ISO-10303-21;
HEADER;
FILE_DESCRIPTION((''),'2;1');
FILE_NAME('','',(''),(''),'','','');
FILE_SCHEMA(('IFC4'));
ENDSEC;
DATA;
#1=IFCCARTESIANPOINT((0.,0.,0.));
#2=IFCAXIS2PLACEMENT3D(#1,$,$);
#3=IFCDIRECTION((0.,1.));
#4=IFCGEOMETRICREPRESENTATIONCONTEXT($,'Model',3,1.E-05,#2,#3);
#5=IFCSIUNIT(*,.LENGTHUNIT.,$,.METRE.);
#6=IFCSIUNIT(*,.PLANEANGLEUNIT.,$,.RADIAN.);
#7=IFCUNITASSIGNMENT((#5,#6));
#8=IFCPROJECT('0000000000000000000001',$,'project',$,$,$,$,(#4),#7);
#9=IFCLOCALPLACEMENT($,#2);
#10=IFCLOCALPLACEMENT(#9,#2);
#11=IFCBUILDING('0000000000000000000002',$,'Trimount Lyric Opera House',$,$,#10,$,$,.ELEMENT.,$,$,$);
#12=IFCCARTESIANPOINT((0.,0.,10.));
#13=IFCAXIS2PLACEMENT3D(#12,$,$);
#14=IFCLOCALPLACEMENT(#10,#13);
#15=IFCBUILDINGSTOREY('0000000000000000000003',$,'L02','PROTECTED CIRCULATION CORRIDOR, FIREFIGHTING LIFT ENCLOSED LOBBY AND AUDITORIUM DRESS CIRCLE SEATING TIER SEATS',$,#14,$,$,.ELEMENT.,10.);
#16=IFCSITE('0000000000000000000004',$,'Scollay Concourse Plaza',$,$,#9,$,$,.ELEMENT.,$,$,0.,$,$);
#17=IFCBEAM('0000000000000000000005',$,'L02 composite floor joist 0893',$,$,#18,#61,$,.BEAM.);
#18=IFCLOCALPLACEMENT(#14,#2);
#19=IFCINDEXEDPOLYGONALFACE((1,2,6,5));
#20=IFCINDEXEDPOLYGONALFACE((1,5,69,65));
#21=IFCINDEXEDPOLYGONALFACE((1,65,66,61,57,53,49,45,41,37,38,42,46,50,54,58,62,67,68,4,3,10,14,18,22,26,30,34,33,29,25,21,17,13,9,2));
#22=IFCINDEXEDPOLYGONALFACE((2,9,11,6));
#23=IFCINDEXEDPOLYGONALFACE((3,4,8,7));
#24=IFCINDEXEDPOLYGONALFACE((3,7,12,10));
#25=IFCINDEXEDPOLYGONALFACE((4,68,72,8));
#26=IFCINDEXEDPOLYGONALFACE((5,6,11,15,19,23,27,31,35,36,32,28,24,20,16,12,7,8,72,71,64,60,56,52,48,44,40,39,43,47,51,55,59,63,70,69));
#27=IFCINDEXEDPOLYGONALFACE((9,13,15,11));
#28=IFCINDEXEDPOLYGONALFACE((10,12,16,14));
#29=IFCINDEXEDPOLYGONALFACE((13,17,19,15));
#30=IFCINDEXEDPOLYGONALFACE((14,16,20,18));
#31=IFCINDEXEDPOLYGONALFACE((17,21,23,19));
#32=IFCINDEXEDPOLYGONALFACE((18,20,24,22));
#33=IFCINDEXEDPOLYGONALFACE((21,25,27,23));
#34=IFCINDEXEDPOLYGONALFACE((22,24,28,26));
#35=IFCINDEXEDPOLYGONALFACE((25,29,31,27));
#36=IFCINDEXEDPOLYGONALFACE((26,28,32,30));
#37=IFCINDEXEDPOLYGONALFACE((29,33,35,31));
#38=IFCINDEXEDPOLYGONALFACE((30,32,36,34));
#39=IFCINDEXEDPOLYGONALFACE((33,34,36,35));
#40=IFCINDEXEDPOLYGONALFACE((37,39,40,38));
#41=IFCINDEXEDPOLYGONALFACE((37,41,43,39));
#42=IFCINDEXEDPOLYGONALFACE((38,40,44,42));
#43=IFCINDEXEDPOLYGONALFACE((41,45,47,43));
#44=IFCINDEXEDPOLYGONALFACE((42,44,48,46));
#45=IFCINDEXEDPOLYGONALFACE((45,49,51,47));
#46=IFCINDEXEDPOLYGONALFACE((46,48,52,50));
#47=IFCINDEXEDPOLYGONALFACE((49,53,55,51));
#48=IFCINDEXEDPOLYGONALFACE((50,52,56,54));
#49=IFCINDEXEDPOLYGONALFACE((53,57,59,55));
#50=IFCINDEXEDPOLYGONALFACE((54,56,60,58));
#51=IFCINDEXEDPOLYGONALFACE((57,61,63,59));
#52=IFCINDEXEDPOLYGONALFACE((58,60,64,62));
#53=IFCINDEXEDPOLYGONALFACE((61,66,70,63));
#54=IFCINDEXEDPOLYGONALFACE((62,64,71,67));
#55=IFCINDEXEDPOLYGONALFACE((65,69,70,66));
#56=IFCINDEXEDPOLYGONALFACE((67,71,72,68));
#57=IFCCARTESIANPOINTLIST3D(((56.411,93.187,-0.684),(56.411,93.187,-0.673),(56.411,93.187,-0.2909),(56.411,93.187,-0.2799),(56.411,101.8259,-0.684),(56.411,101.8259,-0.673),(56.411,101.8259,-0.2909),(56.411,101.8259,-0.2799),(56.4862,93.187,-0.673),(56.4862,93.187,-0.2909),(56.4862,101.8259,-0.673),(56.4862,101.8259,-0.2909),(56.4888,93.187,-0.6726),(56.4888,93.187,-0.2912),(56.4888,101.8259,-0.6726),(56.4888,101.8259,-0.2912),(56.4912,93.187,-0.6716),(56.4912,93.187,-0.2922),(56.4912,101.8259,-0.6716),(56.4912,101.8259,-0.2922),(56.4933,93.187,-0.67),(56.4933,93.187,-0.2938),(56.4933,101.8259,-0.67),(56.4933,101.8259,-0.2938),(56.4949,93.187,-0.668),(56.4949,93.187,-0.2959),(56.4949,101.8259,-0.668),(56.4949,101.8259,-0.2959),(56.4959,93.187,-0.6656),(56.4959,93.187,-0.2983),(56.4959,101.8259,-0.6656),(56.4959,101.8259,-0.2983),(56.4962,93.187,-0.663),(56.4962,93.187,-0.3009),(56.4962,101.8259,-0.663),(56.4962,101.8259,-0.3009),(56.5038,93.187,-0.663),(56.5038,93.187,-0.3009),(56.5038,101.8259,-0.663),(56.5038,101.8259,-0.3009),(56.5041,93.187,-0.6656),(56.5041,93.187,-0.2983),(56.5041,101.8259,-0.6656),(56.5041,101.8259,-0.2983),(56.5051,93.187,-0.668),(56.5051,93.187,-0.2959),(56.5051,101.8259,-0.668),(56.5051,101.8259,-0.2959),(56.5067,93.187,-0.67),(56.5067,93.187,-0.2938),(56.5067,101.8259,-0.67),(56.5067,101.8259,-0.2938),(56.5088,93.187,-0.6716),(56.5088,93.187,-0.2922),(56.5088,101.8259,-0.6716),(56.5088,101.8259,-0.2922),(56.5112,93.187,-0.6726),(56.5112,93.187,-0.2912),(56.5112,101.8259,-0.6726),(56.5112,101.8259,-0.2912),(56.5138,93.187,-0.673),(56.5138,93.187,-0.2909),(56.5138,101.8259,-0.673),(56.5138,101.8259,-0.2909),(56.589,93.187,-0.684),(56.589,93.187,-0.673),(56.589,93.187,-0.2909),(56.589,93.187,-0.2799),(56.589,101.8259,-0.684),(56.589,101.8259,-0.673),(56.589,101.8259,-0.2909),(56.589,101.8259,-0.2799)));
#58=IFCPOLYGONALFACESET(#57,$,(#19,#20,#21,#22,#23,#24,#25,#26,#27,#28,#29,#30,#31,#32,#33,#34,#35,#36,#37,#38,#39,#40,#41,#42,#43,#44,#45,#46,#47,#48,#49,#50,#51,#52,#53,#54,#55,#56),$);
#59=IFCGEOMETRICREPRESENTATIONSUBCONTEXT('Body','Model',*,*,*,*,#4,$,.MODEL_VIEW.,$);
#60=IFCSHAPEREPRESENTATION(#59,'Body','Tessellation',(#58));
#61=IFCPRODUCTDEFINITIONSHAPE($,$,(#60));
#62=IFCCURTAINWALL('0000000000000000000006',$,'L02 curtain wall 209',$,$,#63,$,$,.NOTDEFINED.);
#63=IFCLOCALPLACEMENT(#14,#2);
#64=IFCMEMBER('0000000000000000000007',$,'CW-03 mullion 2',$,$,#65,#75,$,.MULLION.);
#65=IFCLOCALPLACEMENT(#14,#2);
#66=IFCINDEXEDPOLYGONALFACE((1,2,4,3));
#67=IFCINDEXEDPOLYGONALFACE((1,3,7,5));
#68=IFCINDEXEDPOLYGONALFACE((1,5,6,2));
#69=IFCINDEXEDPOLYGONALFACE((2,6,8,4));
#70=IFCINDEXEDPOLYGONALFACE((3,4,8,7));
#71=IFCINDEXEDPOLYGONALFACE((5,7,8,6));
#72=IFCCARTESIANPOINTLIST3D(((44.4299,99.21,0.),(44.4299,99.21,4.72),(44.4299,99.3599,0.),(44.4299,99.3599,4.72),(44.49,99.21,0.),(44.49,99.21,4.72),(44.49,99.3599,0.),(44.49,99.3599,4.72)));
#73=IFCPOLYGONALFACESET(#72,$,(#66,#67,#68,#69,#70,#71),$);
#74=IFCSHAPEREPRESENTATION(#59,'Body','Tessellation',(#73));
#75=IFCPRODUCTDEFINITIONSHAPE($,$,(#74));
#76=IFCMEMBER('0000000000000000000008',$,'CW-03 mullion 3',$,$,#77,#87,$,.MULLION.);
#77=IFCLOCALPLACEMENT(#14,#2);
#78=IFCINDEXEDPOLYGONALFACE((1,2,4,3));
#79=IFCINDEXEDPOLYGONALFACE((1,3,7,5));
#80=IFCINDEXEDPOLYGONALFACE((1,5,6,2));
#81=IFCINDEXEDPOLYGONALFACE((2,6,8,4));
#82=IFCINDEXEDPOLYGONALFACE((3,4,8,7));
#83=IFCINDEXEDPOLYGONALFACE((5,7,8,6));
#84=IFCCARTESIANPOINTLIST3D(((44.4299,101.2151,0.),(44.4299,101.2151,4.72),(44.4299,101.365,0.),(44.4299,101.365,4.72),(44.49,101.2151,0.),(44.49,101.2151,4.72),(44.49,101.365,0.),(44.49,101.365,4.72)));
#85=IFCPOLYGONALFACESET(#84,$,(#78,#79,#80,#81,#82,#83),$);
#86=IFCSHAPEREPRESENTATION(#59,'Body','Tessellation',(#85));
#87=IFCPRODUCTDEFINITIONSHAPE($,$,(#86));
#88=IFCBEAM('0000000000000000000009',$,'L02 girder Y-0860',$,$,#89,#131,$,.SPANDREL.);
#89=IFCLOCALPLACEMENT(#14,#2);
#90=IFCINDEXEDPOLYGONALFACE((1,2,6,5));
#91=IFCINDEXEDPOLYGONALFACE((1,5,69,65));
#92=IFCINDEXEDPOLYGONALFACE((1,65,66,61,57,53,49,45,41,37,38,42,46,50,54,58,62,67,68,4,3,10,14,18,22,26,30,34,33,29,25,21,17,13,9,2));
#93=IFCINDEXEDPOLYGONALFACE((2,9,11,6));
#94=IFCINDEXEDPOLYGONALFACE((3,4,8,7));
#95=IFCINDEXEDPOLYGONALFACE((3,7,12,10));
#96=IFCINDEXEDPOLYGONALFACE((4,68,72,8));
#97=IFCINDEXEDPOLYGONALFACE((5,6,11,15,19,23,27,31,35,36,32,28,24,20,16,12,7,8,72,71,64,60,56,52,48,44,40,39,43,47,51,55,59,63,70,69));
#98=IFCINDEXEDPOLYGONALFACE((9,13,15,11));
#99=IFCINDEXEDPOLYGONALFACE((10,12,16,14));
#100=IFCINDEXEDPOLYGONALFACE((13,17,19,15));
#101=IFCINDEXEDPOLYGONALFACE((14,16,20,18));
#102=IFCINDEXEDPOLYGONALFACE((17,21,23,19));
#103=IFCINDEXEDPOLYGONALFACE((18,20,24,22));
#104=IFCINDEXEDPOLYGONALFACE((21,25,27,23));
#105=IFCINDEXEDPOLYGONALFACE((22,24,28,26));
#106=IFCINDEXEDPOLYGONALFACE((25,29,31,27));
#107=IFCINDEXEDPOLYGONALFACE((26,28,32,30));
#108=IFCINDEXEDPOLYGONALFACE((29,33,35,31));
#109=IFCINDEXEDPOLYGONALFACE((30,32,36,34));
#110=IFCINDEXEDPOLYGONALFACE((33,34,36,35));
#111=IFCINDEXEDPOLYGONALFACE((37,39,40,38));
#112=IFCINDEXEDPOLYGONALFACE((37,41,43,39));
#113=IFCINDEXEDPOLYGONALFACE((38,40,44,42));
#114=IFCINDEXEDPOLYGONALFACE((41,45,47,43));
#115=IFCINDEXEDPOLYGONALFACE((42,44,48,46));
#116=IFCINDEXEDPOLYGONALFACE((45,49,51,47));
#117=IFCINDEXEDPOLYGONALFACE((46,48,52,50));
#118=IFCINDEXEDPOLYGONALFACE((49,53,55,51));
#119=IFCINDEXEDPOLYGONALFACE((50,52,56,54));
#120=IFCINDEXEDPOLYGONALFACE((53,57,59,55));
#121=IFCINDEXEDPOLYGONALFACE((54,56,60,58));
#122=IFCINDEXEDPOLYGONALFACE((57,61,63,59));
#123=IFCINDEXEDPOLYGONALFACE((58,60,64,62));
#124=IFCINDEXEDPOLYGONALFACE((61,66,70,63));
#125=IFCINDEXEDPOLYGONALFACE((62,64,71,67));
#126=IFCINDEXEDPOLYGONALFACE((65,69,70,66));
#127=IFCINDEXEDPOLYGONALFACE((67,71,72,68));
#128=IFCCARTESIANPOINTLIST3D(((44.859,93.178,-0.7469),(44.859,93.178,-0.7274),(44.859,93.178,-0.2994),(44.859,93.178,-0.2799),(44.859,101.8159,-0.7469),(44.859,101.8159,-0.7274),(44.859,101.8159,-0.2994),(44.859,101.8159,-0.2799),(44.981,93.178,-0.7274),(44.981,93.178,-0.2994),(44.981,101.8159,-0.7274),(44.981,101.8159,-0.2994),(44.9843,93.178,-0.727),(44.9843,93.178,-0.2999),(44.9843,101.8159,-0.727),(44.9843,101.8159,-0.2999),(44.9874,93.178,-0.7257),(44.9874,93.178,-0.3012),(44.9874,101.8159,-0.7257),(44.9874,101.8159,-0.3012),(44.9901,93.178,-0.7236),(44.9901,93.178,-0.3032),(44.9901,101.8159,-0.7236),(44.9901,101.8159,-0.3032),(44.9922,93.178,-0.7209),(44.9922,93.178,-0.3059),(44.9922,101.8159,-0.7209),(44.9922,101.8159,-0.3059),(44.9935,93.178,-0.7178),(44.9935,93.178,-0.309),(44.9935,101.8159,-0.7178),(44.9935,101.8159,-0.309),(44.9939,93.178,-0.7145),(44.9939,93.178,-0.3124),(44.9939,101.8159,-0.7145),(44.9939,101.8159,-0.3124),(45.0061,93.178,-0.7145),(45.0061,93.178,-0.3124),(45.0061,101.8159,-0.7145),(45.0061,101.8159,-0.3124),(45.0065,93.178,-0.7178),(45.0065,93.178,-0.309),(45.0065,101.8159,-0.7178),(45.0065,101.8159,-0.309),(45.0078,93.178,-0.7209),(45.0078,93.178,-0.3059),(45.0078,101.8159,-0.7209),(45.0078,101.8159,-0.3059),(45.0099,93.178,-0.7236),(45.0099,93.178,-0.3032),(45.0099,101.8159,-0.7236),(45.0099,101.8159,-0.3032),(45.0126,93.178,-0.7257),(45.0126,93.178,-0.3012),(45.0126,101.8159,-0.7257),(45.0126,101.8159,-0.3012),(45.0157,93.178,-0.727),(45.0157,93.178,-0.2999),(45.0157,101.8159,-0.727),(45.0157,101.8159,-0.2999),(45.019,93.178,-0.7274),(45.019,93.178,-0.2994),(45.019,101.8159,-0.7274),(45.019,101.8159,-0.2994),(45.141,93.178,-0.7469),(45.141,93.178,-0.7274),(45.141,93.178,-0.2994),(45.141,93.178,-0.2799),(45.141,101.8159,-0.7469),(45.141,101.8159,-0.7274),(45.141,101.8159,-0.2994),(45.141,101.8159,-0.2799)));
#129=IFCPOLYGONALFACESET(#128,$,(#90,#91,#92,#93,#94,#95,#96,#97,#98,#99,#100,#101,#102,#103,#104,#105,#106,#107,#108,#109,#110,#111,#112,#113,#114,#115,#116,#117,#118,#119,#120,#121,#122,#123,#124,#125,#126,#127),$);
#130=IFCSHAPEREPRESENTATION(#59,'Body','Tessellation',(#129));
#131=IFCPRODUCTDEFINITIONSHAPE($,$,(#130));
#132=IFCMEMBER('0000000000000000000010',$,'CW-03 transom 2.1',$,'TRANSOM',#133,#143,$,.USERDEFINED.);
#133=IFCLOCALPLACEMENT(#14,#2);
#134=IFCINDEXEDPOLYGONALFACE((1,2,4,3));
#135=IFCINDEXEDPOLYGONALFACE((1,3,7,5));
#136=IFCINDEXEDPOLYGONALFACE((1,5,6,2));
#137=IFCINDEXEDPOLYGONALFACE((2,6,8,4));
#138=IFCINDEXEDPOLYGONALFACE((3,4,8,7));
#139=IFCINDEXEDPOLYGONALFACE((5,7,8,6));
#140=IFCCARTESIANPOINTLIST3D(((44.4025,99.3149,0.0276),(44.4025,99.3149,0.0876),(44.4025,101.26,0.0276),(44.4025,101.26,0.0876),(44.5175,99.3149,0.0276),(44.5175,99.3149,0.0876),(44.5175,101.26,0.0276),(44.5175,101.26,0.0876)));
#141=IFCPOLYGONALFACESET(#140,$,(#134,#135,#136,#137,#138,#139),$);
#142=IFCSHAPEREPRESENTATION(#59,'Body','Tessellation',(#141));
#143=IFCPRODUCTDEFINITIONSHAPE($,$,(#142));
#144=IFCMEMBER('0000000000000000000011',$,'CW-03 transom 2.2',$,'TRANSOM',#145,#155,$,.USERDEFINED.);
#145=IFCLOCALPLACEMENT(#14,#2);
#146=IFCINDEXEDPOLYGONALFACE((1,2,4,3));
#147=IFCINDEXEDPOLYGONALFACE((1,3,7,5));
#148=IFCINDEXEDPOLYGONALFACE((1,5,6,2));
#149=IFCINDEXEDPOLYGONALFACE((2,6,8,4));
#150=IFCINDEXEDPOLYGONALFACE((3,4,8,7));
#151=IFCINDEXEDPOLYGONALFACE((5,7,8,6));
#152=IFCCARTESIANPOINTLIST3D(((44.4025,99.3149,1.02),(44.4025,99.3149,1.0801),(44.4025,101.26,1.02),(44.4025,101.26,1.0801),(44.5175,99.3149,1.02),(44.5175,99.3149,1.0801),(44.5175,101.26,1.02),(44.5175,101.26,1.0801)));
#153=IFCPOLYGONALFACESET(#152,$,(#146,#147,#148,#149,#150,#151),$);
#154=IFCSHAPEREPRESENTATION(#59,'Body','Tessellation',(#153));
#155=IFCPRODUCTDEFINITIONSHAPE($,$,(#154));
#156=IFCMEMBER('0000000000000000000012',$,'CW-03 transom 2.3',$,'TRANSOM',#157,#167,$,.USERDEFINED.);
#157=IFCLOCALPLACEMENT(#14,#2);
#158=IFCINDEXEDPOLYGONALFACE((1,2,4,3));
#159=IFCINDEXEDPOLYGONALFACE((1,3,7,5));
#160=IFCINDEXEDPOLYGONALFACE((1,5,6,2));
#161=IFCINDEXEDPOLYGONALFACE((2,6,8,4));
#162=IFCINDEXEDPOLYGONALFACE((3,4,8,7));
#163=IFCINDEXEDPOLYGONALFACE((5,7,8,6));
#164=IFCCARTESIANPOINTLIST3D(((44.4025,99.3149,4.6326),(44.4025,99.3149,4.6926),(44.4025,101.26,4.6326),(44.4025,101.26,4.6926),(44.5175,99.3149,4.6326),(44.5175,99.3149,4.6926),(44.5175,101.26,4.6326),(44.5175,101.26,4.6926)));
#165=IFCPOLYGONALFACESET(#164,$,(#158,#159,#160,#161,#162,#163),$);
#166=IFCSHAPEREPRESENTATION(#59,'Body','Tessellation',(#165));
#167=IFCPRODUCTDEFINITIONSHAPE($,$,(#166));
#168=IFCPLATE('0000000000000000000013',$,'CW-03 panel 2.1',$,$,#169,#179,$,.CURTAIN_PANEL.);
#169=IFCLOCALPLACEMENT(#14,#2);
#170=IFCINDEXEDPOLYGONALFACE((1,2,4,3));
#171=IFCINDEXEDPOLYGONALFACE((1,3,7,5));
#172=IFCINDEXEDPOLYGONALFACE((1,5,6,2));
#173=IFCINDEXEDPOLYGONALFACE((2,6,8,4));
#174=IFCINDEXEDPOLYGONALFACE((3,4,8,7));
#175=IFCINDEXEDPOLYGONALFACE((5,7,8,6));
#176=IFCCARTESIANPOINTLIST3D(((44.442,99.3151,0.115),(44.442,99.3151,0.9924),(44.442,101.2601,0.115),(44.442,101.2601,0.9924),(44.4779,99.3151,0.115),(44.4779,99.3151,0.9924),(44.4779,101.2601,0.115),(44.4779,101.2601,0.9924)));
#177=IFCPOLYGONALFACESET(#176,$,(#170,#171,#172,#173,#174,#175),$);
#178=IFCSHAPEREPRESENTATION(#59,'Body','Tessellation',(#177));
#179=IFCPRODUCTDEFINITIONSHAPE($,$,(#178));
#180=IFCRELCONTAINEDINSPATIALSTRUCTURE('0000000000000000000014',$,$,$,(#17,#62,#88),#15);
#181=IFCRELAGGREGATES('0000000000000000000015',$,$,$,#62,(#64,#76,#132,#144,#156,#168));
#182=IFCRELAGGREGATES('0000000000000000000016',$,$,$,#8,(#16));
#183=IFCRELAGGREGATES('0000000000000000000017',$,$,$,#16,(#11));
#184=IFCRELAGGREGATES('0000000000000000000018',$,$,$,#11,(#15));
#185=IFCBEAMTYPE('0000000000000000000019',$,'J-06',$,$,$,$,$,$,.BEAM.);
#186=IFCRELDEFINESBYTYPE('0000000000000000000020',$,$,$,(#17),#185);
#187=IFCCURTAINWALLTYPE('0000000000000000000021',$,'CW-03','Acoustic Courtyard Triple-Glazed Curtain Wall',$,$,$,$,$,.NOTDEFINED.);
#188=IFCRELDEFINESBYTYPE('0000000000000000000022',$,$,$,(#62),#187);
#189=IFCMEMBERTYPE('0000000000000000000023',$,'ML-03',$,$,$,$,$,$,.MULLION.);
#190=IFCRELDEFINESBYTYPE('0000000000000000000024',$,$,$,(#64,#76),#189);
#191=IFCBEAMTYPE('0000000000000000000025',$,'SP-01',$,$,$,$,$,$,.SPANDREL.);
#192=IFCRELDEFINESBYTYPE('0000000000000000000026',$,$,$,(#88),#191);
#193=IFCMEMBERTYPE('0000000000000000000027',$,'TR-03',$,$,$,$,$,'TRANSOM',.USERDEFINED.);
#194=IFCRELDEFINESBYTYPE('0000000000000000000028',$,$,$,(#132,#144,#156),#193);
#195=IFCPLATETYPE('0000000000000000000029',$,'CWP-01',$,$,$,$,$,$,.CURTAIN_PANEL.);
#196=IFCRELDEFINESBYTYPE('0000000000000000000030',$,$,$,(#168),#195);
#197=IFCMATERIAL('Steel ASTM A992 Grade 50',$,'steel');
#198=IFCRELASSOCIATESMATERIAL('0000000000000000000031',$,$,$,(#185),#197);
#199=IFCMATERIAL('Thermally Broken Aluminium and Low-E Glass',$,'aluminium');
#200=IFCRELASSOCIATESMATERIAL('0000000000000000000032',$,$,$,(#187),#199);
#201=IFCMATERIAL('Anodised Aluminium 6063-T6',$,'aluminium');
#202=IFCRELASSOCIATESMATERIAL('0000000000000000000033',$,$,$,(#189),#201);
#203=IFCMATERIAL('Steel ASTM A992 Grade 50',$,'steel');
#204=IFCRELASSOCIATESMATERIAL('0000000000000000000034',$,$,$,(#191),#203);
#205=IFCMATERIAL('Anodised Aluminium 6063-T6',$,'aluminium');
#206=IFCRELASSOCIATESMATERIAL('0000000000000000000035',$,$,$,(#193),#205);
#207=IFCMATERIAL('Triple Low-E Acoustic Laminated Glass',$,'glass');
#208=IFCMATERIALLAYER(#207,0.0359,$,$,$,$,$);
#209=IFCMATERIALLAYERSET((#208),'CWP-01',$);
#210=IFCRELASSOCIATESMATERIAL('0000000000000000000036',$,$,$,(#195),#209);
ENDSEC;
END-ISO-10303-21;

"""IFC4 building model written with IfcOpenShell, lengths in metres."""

from ifc_helpers import new_model, si_unit, direction, frame, origin, origin_2d, place, context, subcontext, project, spatial, rectangle, i_section, extrude, material, layer, layer_set, material_profile, profile_set, type_object, element, aggregate, save


model = new_model("IFC4")

# Units and contexts
model_context = context("Model", 3, precision=1e-05, world=origin(), true_north=direction((0.0, 1.0)))
body_context = subcontext(model_context, "Body", "Model", "MODEL_VIEW")
ifc_project = project(units=[si_unit("LENGTHUNIT", "METRE"), si_unit("PLANEANGLEUNIT", "RADIAN")], contexts=[model_context])

# Site, building, storey
site_placement = place(None, origin())
site = spatial("IfcSite", under=ifc_project, at=site_placement, Name="Scollay Concourse Plaza", CompositionType="ELEMENT", RefElevation=0.0)
building_placement = place(site_placement, origin())
building = spatial("IfcBuilding", under=site, at=building_placement, Name="Trimount Lyric Opera House", CompositionType="ELEMENT")
storey_placement = place(building_placement, frame((0.0, 0.0, 10.0)))
storey = spatial("IfcBuildingStorey", under=building, at=storey_placement, Name="L02", Description="PROTECTED CIRCULATION CORRIDOR, FIREFIGHTING LIFT ENCLOSED LOBBY AND AUDITORIUM DRESS CIRCLE SEATING TIER SEATS", CompositionType="ELEMENT", Elevation=10.0)

# Beam
ifc_material_1 = material(Name="Steel ASTM A992 Grade 50", Category="steel")
ifc_material_profile_1 = material_profile(ifc_material_1, i_section(OverallWidth=0.178, OverallDepth=0.4041, WebThickness=0.0076, FlangeThickness=0.011, FilletRadius=0.01, at=origin_2d()), Name="W16X36")
ifc_profile_set_1 = profile_set([ifc_material_profile_1], Name="Steel ASTM A992 Grade 50")
beam_type_1 = type_object("IfcBeamType", Name="J-06", PredefinedType="BEAM", material=ifc_profile_set_1)
beam_1_placement = place(storey_placement, frame((56.5, 93.187, -0.4819), z_axis=(0.0, 1.0, 0.0), x_axis=(-1.0, 0.0, 0.0)))
element("IfcBeam", 1, at=beam_1_placement, inside=storey, type_object=beam_type_1, Name="L02 composite floor joist 0893", PredefinedType="BEAM", context=body_context, shape_type="SweptSolid", body=[
    extrude(i_section(OverallWidth=0.178, OverallDepth=0.4041, WebThickness=0.0076, FlangeThickness=0.011, FilletRadius=0.01, at=origin_2d()), origin(), (0.0, 0.0, 1.0), 8.6389),
])

# Curtain wall, members
ifc_material_2 = material(Name="Thermally Broken Aluminium and Low-E Glass", Category="aluminium")
curtain_wall_type = type_object("IfcCurtainWallType", Name="CW-03", Description="Acoustic Courtyard Triple-Glazed Curtain Wall", PredefinedType="NOTDEFINED", material=ifc_material_2)
curtain_wall_placement = place(storey_placement, origin())
curtain_wall = element("IfcCurtainWall", 2, at=curtain_wall_placement, inside=storey, type_object=curtain_wall_type, Name="L02 curtain wall 209", PredefinedType="NOTDEFINED")
ifc_material_3 = material(Name="Anodised Aluminium 6063-T6", Category="aluminium")
ifc_material_profile_2 = material_profile(ifc_material_3, rectangle(XDim=0.0601, YDim=0.1499, at=origin_2d()), Name="ALU-MULL-60X150")
ifc_profile_set_2 = profile_set([ifc_material_profile_2], Name="Anodised Aluminium 6063-T6")
member_type_1 = type_object("IfcMemberType", Name="ML-03", PredefinedType="MULLION", material=ifc_profile_set_2)
member_1_placement = place(storey_placement, frame((44.46, 99.2849, 0.0), z_axis=(0.0, 0.0, 1.0), x_axis=(-1.0, 0.0, 0.0)))
member_1 = element("IfcMember", 3, at=member_1_placement, type_object=member_type_1, Name="CW-03 mullion 2", PredefinedType="MULLION", context=body_context, shape_type="SweptSolid", body=[
    extrude(rectangle(XDim=0.0601, YDim=0.1499, at=origin_2d()), origin(), (0.0, 0.0, 1.0), 4.72),
])
member_2_placement = place(storey_placement, frame((44.46, 101.29, 0.0), z_axis=(0.0, 0.0, 1.0), x_axis=(-1.0, 0.0, 0.0)))
member_2 = element("IfcMember", 4, at=member_2_placement, type_object=member_type_1, Name="CW-03 mullion 3", PredefinedType="MULLION", context=body_context, shape_type="SweptSolid", body=[
    extrude(rectangle(XDim=0.0601, YDim=0.1499, at=origin_2d()), origin(), (0.0, 0.0, 1.0), 4.72),
])

# Beam
ifc_material_4 = material(Name="Steel ASTM A992 Grade 50", Category="steel")
ifc_material_profile_3 = material_profile(ifc_material_4, i_section(OverallWidth=0.282, OverallDepth=0.467, WebThickness=0.0122, FlangeThickness=0.0195, FilletRadius=0.0129, at=origin_2d()), Name="W18X86")
ifc_profile_set_3 = profile_set([ifc_material_profile_3], Name="Steel ASTM A992 Grade 50")
beam_type_2 = type_object("IfcBeamType", Name="SP-01", PredefinedType="SPANDREL", material=ifc_profile_set_3)
beam_2_placement = place(storey_placement, frame((45.0, 93.178, -0.5134), z_axis=(0.0, 1.0, 0.0), x_axis=(-1.0, 0.0, 0.0)))
element("IfcBeam", 5, at=beam_2_placement, inside=storey, type_object=beam_type_2, Name="L02 girder Y-0860", PredefinedType="SPANDREL", context=body_context, shape_type="SweptSolid", body=[
    extrude(i_section(OverallWidth=0.282, OverallDepth=0.467, WebThickness=0.0122, FlangeThickness=0.0195, FilletRadius=0.0129, at=origin_2d()), origin(), (0.0, 0.0, 1.0), 8.6379),
])

# Members
ifc_material_5 = material(Name="Anodised Aluminium 6063-T6", Category="aluminium")
ifc_material_profile_4 = material_profile(ifc_material_5, rectangle(XDim=0.115, YDim=0.0601, at=origin_2d()), Name="ALU-TRAN-60X115")
ifc_profile_set_4 = profile_set([ifc_material_profile_4], Name="Anodised Aluminium 6063-T6")
member_type_2 = type_object("IfcMemberType", Name="TR-03", ElementType="TRANSOM", PredefinedType="USERDEFINED", material=ifc_profile_set_4)
member_3_placement = place(storey_placement, frame((44.46, 99.3149, 0.0576), z_axis=(0.0, 1.0, 0.0), x_axis=(-1.0, 0.0, 0.0)))
member_3 = element("IfcMember", 6, at=member_3_placement, type_object=member_type_2, Name="CW-03 transom 2.1", ObjectType="TRANSOM", PredefinedType="USERDEFINED", context=body_context, shape_type="SweptSolid", body=[
    extrude(rectangle(XDim=0.115, YDim=0.0601, at=origin_2d()), origin(), (0.0, 0.0, 1.0), 1.9451),
])
member_4_placement = place(storey_placement, frame((44.46, 99.3149, 1.05), z_axis=(0.0, 1.0, 0.0), x_axis=(-1.0, 0.0, 0.0)))
member_4 = element("IfcMember", 7, at=member_4_placement, type_object=member_type_2, Name="CW-03 transom 2.2", ObjectType="TRANSOM", PredefinedType="USERDEFINED", context=body_context, shape_type="SweptSolid", body=[
    extrude(rectangle(XDim=0.115, YDim=0.0601, at=origin_2d()), origin(), (0.0, 0.0, 1.0), 1.9451),
])
member_5_placement = place(storey_placement, frame((44.46, 99.3149, 4.6626), z_axis=(0.0, 1.0, 0.0), x_axis=(-1.0, 0.0, 0.0)))
member_5 = element("IfcMember", 8, at=member_5_placement, type_object=member_type_2, Name="CW-03 transom 2.3", ObjectType="TRANSOM", PredefinedType="USERDEFINED", context=body_context, shape_type="SweptSolid", body=[
    extrude(rectangle(XDim=0.115, YDim=0.0601, at=origin_2d()), origin(), (0.0, 0.0, 1.0), 1.9451),
])

# Plate
ifc_material_6 = material(Name="Triple Low-E Acoustic Laminated Glass", Category="glass")
ifc_layer_1 = layer(ifc_material_6, 0.0359)
ifc_layer_set_1 = layer_set([ifc_layer_1], Name="CWP-01")
plate_type_1 = type_object("IfcPlateType", Name="CWP-01", PredefinedType="CURTAIN_PANEL", material=ifc_layer_set_1)
plate_1_placement = place(storey_placement, frame((44.46, 100.2876, 0.115), z_axis=(0.0, 0.0, 1.0), x_axis=(0.0, 1.0, 0.0)))
plate_1 = element("IfcPlate", 9, at=plate_1_placement, type_object=plate_type_1, Name="CW-03 panel 2.1", PredefinedType="CURTAIN_PANEL", context=body_context, shape_type="SweptSolid", body=[
    extrude(rectangle(XDim=1.9451, YDim=0.0359, at=origin_2d()), origin(), (0.0, 0.0, 1.0), 0.8774),
])
aggregate(curtain_wall, [member_1, member_2, member_3, member_4, member_5, plate_1])

save(model, "model.ifc")
